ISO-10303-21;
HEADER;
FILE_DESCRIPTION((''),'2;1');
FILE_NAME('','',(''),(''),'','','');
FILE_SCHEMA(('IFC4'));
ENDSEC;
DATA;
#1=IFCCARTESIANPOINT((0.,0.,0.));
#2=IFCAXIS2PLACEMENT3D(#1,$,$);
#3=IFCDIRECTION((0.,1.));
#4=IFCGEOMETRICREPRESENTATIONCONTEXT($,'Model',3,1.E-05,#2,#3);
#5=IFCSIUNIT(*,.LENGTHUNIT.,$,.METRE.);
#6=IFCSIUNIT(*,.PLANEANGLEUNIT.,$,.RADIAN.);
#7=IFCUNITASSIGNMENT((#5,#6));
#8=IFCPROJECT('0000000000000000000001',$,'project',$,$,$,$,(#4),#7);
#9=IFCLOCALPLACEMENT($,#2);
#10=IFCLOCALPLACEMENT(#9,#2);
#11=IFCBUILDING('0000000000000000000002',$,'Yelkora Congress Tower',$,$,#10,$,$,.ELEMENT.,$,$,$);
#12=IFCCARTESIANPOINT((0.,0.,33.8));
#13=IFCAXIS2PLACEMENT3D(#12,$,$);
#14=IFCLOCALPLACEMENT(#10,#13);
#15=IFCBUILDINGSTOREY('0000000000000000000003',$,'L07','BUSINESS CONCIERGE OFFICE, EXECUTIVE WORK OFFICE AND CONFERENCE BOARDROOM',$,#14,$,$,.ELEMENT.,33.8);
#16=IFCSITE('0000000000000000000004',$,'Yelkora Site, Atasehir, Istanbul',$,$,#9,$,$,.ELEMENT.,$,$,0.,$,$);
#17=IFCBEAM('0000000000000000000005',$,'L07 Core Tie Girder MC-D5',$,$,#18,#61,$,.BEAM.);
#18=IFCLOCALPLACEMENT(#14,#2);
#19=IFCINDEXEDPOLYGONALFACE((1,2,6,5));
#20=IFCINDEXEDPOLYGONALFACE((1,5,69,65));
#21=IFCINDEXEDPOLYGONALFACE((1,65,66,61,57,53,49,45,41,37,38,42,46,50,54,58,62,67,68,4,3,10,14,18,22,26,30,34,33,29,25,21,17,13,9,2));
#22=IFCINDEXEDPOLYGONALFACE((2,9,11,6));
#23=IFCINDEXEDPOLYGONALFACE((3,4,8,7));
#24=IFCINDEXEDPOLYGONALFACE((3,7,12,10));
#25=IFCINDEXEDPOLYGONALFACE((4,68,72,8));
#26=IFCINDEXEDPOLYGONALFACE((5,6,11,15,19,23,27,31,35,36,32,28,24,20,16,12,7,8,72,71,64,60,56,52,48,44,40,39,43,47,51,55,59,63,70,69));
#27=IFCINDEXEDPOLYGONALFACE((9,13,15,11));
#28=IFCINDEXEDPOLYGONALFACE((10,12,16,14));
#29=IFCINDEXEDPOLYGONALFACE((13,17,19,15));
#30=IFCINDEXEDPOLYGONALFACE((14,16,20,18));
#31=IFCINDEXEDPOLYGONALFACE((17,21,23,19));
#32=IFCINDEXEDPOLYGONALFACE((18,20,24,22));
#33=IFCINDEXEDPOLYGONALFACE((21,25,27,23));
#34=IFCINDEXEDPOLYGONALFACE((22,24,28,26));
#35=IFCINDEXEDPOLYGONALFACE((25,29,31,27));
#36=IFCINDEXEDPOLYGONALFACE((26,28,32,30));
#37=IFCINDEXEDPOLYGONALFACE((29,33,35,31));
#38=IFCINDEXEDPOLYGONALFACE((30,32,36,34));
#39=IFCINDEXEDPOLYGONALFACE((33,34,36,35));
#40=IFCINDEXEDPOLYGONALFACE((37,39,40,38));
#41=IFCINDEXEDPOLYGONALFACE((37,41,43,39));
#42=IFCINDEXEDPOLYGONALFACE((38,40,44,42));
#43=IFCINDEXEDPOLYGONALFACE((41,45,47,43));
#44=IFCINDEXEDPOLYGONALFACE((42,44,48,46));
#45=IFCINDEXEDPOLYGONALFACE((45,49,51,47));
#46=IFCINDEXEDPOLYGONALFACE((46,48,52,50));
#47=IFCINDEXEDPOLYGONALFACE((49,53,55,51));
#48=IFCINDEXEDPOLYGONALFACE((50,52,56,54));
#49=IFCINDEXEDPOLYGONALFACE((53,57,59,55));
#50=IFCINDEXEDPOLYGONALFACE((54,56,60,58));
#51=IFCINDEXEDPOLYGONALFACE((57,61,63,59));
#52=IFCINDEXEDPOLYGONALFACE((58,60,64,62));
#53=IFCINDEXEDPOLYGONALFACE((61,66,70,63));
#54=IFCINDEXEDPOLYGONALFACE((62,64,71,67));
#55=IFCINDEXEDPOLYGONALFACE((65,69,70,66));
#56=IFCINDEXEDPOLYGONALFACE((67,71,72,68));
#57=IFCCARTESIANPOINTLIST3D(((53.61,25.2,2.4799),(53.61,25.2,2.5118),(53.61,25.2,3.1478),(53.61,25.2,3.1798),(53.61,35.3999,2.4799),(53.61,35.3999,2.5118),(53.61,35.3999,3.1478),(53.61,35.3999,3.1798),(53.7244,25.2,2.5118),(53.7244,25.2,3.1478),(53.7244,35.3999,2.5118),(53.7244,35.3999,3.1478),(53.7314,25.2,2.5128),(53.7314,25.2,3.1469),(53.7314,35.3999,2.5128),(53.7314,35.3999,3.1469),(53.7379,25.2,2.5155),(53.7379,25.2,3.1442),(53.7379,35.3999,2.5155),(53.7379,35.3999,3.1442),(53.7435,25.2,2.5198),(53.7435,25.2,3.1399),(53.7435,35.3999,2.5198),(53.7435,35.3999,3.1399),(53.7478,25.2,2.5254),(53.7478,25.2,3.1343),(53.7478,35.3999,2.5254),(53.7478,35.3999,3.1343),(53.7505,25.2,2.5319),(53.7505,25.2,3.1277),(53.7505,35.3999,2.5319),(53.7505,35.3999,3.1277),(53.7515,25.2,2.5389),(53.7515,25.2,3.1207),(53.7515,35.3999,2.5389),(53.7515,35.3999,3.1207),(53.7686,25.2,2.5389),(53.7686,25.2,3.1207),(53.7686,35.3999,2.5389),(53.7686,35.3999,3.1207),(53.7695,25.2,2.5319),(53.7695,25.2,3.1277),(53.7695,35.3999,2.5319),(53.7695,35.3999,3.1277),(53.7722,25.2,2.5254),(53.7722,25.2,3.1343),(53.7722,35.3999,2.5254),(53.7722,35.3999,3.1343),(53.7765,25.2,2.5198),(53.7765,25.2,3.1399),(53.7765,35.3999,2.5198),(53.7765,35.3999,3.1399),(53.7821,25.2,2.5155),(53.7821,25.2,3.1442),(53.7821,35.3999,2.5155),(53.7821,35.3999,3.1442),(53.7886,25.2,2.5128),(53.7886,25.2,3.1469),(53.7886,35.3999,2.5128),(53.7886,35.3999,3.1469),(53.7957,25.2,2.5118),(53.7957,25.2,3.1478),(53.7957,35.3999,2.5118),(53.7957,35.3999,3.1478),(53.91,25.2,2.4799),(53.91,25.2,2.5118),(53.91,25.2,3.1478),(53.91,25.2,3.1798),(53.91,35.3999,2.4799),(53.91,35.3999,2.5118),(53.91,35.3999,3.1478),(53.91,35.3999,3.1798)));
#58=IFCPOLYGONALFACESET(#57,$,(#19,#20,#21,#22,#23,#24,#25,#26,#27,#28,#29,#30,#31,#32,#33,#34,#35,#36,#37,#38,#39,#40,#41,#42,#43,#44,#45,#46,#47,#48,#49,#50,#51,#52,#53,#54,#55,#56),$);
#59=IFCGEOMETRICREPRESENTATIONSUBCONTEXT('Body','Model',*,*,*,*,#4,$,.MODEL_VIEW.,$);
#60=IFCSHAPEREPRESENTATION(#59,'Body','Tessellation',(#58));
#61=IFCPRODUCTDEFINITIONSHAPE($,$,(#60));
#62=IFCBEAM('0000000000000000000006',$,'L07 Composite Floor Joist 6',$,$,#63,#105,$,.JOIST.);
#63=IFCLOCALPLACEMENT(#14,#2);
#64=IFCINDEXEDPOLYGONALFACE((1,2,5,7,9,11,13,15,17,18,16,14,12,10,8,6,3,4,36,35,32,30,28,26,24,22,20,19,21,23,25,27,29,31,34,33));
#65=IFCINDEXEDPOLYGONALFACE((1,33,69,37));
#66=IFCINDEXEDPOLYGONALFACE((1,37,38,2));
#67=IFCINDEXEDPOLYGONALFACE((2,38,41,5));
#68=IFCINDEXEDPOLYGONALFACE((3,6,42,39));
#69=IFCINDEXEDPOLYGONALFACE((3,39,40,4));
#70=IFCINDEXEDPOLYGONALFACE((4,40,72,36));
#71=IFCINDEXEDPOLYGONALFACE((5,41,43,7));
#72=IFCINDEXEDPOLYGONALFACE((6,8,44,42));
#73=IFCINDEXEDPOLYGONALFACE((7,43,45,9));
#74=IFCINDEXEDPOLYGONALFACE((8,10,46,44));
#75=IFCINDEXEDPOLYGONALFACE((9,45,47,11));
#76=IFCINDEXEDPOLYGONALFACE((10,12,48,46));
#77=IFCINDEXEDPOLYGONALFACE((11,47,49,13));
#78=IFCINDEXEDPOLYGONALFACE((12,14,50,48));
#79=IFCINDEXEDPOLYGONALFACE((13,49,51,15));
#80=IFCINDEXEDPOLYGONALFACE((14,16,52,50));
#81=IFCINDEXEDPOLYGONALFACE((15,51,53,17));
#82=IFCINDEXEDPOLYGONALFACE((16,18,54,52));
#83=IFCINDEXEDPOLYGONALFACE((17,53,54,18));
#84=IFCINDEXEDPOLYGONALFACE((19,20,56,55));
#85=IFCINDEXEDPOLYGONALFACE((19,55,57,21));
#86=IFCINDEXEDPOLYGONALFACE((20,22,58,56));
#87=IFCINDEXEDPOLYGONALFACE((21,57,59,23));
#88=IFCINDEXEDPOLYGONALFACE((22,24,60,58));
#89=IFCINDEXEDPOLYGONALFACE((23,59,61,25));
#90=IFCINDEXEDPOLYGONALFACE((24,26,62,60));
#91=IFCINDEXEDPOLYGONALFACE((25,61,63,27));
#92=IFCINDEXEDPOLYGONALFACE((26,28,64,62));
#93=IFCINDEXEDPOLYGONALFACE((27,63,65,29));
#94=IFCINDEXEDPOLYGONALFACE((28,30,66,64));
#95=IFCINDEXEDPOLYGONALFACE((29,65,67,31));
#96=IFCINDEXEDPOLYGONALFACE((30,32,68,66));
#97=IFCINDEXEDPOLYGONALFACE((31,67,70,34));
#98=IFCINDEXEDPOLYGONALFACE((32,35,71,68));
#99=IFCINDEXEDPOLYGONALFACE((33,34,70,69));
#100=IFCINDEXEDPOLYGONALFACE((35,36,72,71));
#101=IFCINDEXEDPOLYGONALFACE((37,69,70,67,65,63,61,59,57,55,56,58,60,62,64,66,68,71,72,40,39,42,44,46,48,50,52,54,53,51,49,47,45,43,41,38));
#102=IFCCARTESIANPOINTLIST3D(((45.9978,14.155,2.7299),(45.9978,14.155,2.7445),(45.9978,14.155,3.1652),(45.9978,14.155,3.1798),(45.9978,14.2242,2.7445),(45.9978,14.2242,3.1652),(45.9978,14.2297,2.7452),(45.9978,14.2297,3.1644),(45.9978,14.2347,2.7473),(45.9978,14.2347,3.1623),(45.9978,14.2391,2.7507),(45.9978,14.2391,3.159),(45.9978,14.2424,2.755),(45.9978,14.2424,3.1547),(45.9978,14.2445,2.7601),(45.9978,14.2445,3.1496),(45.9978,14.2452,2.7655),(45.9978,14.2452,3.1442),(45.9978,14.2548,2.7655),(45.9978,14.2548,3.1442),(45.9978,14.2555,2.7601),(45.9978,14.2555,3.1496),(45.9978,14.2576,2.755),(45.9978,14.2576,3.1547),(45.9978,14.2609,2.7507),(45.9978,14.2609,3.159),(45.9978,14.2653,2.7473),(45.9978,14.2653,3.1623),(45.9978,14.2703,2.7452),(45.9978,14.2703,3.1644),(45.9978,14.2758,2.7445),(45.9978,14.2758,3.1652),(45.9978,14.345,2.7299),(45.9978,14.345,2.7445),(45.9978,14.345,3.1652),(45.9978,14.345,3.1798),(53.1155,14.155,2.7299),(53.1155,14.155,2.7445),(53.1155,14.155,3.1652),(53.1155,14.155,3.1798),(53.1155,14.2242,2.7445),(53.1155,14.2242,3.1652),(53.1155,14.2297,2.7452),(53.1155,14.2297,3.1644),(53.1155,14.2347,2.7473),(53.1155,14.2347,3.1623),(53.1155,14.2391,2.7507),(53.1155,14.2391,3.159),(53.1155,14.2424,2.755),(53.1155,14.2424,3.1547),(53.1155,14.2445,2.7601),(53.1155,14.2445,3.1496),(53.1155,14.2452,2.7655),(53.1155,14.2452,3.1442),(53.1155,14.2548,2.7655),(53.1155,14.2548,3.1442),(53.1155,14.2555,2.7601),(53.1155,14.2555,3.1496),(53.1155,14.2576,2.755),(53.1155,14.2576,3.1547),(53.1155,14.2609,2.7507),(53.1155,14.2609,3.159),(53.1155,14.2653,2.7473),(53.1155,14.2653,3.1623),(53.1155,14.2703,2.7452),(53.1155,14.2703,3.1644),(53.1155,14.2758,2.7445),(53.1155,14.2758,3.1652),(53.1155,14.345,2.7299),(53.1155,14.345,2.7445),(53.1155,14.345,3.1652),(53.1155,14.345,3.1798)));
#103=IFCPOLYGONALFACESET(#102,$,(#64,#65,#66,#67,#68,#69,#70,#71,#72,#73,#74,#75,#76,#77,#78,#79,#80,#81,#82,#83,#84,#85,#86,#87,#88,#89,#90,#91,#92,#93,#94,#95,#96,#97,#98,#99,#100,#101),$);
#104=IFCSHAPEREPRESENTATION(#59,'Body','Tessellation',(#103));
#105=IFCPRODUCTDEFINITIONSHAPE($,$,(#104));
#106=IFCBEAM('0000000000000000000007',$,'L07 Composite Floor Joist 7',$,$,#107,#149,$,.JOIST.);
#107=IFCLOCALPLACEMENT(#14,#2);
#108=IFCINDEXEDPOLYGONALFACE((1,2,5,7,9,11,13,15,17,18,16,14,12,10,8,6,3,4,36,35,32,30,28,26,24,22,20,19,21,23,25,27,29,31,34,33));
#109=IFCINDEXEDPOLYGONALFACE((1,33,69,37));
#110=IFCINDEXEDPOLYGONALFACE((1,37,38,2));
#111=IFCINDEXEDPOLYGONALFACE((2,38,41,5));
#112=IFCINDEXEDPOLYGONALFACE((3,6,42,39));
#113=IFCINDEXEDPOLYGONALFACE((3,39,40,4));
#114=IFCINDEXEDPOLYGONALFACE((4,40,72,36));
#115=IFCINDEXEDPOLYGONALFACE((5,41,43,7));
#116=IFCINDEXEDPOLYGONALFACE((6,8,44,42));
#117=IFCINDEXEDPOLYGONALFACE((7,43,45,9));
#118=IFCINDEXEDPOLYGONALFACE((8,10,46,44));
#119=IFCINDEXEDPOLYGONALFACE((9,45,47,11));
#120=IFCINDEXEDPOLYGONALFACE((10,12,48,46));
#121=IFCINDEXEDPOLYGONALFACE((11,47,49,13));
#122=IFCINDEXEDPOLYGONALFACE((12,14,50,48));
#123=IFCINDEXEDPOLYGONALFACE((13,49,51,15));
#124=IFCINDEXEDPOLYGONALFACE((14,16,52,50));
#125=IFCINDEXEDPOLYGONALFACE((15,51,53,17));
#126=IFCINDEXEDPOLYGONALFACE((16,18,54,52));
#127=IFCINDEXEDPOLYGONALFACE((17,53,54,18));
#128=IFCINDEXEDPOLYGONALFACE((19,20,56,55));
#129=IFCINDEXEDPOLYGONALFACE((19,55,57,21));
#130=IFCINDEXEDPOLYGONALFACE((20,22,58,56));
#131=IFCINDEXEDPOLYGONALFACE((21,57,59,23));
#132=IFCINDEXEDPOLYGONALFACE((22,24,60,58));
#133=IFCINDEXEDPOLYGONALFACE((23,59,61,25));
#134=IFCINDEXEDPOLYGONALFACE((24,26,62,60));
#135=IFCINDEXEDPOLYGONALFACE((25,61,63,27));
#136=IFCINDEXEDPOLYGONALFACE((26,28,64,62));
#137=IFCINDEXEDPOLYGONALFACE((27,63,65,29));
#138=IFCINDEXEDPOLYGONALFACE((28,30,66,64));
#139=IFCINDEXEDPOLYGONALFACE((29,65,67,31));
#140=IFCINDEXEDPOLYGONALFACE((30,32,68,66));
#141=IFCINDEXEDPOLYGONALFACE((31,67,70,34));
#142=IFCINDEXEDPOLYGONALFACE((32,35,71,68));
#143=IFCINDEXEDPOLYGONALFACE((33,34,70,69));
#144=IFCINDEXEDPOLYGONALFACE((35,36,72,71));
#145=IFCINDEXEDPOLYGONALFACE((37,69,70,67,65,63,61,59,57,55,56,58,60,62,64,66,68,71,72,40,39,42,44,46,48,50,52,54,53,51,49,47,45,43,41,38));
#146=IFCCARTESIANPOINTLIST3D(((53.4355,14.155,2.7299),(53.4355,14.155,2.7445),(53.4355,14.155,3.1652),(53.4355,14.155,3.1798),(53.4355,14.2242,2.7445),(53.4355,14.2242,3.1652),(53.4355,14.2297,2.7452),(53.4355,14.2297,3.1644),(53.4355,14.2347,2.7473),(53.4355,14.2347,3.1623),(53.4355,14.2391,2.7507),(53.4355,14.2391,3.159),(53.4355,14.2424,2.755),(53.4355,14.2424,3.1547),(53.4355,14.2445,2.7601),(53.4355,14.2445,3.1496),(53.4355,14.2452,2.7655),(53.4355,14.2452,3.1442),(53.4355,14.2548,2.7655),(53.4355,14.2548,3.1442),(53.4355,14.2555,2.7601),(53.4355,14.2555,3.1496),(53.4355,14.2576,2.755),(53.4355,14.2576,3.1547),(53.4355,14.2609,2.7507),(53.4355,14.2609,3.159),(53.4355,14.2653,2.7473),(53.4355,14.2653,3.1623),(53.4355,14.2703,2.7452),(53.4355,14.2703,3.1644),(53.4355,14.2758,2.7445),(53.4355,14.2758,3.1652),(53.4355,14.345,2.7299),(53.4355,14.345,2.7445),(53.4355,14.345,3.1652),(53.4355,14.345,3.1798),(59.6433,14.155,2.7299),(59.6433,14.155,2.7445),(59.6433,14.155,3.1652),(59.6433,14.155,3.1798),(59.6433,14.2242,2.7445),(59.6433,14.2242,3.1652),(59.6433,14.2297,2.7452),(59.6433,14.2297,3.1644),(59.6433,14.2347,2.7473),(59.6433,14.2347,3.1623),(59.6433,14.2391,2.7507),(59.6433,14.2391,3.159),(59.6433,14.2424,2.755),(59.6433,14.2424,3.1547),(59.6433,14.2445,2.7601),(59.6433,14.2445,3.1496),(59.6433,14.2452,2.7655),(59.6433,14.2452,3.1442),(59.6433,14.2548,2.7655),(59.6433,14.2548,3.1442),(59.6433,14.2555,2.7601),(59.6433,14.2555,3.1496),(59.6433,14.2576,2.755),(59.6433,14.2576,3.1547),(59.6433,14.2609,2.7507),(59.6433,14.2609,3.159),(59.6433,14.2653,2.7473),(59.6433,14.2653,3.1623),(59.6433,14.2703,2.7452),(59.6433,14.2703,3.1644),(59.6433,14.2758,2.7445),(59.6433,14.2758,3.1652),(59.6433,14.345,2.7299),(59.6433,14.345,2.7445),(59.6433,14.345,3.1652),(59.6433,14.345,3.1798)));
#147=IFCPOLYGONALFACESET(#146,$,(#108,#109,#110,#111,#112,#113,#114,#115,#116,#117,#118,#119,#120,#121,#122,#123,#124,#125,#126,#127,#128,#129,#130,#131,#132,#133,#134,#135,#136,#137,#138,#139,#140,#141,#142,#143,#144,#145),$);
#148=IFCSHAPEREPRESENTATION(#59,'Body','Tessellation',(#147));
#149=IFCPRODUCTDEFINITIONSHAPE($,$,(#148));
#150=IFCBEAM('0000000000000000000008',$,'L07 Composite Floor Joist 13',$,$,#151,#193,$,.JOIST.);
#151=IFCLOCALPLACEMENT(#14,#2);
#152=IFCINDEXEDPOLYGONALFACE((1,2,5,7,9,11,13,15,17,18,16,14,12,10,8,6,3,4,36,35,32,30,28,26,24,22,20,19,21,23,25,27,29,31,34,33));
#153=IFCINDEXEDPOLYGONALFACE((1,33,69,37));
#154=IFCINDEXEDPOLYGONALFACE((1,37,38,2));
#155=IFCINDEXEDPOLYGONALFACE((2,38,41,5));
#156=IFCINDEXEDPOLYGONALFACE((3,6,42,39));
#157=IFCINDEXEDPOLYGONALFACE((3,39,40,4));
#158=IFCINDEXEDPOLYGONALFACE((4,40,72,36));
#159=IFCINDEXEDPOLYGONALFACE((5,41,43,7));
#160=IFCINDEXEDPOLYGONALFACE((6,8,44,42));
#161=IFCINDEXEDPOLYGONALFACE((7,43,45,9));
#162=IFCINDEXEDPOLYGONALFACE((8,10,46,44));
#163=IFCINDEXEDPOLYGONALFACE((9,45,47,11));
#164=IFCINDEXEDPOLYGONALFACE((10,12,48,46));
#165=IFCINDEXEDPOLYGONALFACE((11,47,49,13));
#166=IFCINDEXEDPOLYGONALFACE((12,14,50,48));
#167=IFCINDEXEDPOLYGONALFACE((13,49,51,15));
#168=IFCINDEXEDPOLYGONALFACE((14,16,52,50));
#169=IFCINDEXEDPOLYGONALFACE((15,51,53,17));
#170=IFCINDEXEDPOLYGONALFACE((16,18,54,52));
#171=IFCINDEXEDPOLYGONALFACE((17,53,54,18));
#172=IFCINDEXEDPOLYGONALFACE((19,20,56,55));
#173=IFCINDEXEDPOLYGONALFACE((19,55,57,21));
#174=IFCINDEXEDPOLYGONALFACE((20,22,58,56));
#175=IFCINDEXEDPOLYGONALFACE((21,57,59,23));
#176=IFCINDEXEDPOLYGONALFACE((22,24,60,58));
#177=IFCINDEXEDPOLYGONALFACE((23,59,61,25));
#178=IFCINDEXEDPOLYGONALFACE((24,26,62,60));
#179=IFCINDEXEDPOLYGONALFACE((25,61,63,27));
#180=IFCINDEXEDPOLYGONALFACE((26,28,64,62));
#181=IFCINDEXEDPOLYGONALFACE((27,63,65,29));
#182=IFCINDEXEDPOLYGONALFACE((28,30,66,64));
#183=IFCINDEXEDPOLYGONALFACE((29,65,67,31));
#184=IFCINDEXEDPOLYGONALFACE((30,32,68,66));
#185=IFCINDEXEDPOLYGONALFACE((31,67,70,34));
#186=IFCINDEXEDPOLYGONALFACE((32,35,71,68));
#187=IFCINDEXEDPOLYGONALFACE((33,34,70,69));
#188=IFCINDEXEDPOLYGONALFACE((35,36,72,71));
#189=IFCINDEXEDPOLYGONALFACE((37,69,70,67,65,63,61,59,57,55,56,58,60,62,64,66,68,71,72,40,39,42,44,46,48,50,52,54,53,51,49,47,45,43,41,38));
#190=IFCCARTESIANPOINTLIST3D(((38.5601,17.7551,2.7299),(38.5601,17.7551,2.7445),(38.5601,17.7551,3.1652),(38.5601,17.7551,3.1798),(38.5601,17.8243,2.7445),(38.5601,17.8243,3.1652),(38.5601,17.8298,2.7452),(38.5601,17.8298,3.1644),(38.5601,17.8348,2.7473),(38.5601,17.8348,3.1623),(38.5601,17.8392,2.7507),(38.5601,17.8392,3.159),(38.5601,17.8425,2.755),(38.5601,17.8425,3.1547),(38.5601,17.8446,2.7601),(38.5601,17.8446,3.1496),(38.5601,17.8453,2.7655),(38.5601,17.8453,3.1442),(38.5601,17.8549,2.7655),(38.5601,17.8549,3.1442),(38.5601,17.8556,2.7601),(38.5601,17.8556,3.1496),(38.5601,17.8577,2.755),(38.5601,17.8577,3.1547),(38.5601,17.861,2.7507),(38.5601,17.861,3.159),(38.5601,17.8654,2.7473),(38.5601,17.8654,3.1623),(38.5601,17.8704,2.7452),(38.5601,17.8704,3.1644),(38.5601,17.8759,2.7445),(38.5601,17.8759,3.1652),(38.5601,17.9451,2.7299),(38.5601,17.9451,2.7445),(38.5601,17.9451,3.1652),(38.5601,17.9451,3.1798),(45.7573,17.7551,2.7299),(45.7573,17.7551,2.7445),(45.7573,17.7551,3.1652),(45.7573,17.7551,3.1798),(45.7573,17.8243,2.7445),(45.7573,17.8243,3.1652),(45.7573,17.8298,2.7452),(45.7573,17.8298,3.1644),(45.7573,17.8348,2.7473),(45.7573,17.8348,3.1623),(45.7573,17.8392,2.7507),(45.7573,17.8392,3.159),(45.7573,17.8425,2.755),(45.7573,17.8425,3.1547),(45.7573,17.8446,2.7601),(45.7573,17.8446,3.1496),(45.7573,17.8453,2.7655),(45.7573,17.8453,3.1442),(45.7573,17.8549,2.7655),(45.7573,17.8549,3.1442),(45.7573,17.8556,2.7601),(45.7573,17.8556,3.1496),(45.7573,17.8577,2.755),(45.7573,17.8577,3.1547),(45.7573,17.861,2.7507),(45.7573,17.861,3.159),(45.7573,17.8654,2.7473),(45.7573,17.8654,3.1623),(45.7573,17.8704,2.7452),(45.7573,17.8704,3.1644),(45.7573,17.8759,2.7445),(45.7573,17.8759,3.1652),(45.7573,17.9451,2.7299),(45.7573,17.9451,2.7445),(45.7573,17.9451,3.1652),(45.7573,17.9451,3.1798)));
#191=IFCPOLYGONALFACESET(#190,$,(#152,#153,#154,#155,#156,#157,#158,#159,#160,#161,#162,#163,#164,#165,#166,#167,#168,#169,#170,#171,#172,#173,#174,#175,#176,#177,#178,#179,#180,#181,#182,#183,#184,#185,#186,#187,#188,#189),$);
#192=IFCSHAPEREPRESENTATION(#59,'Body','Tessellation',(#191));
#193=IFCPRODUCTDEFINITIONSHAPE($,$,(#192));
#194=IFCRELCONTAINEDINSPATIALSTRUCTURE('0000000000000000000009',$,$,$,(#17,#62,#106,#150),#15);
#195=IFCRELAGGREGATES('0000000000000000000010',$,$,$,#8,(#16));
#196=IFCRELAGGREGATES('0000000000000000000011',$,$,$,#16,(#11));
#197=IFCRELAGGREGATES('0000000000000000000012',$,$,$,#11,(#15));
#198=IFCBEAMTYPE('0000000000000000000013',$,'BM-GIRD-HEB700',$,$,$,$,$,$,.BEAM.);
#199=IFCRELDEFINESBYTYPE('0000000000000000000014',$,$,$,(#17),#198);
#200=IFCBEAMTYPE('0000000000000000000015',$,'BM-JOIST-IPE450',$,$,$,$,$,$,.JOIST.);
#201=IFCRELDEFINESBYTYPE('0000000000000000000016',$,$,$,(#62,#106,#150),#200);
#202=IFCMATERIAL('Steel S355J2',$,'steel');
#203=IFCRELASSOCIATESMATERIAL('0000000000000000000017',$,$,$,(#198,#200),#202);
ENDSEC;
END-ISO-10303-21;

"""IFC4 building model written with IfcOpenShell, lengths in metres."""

from ifc_helpers import new_model, si_unit, direction, frame, origin, origin_2d, place, context, subcontext, project, spatial, i_section, extrude, material, material_profile, profile_set, type_object, element, save


model = new_model("IFC4")

# Units and contexts
model_context = context("Model", 3, precision=1e-05, world=origin(), true_north=direction((0.0, 1.0)))
body_context = subcontext(model_context, "Body", "Model", "MODEL_VIEW")
ifc_project = project(units=[si_unit("LENGTHUNIT", "METRE"), si_unit("PLANEANGLEUNIT", "RADIAN")], contexts=[model_context])

# Site, building, storey
site_placement = place(None, origin())
site = spatial("IfcSite", under=ifc_project, at=site_placement, Name="Yelkora Site, Atasehir, Istanbul", CompositionType="ELEMENT", RefElevation=0.0)
building_placement = place(site_placement, origin())
building = spatial("IfcBuilding", under=site, at=building_placement, Name="Yelkora Congress Tower", CompositionType="ELEMENT")
storey_placement = place(building_placement, frame((0.0, 0.0, 33.8)))
storey = spatial("IfcBuildingStorey", under=building, at=storey_placement, Name="L07", Description="BUSINESS CONCIERGE OFFICE, EXECUTIVE WORK OFFICE AND CONFERENCE BOARDROOM", CompositionType="ELEMENT", Elevation=33.8)

# Beams
ifc_material_1 = material(Name="Steel S355J2", Category="steel")
ifc_material_profile_1 = material_profile(ifc_material_1, i_section(OverallWidth=0.3, OverallDepth=0.7, WebThickness=0.0171, FlangeThickness=0.032, FilletRadius=0.0271, at=origin_2d()), Name="HEB 700")
ifc_profile_set_1 = profile_set([ifc_material_profile_1], Name="Steel S355J2")
beam_type_1 = type_object("IfcBeamType", Name="BM-GIRD-HEB700", PredefinedType="BEAM", material=ifc_profile_set_1)
for number, where, z_axis, x_axis, name in (
    (1, (53.76, 25.2, 2.8298), (0.0, 1.0, 0.0), (-1.0, 0.0, 0.0), "L07 Core Tie Girder MC-D5"),
):
    element("IfcBeam", number, at=place(storey_placement, frame(where, z_axis=z_axis, x_axis=x_axis)), inside=storey, type_object=beam_type_1, Name=name, PredefinedType="BEAM", context=body_context, shape_type="SweptSolid", body=[
        extrude(i_section(OverallWidth=0.3, OverallDepth=0.7, WebThickness=0.0171, FlangeThickness=0.032, FilletRadius=0.0271, at=origin_2d()), origin(), (0.0, 0.0, 1.0), 10.2),
    ])
ifc_material_profile_2 = material_profile(ifc_material_1, i_section(OverallWidth=0.1899, OverallDepth=0.45, WebThickness=0.0095, FlangeThickness=0.0146, FilletRadius=0.021, at=origin_2d()), Name="IPE 450")
ifc_profile_set_2 = profile_set([ifc_material_profile_2], Name="Steel S355J2")
beam_type_2 = type_object("IfcBeamType", Name="BM-JOIST-IPE450", PredefinedType="JOIST", material=ifc_profile_set_2)
beam_1_placement = place(storey_placement, frame((45.9978, 14.25, 2.9548), z_axis=(1.0, 0.0, 0.0), x_axis=(0.0, 1.0, 0.0)))
element("IfcBeam", 2, at=beam_1_placement, inside=storey, type_object=beam_type_2, Name="L07 Composite Floor Joist 6", PredefinedType="JOIST", context=body_context, shape_type="SweptSolid", body=[
    extrude(i_section(OverallWidth=0.1899, OverallDepth=0.45, WebThickness=0.0095, FlangeThickness=0.0146, FilletRadius=0.021, at=origin_2d()), origin(), (0.0, 0.0, 1.0), 7.1177),
])
beam_2_placement = place(storey_placement, frame((53.4355, 14.25, 2.9548), z_axis=(1.0, 0.0, 0.0), x_axis=(0.0, 1.0, 0.0)))
element("IfcBeam", 3, at=beam_2_placement, inside=storey, type_object=beam_type_2, Name="L07 Composite Floor Joist 7", PredefinedType="JOIST", context=body_context, shape_type="SweptSolid", body=[
    extrude(i_section(OverallWidth=0.1899, OverallDepth=0.45, WebThickness=0.0095, FlangeThickness=0.0146, FilletRadius=0.021, at=origin_2d()), origin(), (0.0, 0.0, 1.0), 6.2078),
])
beam_3_placement = place(storey_placement, frame((38.5601, 17.8501, 2.9548), z_axis=(1.0, 0.0, 0.0), x_axis=(0.0, 1.0, 0.0)))
element("IfcBeam", 4, at=beam_3_placement, inside=storey, type_object=beam_type_2, Name="L07 Composite Floor Joist 13", PredefinedType="JOIST", context=body_context, shape_type="SweptSolid", body=[
    extrude(i_section(OverallWidth=0.1899, OverallDepth=0.45, WebThickness=0.0095, FlangeThickness=0.0146, FilletRadius=0.021, at=origin_2d()), origin(), (0.0, 0.0, 1.0), 7.1973),
])

save(model, "model.ifc")
